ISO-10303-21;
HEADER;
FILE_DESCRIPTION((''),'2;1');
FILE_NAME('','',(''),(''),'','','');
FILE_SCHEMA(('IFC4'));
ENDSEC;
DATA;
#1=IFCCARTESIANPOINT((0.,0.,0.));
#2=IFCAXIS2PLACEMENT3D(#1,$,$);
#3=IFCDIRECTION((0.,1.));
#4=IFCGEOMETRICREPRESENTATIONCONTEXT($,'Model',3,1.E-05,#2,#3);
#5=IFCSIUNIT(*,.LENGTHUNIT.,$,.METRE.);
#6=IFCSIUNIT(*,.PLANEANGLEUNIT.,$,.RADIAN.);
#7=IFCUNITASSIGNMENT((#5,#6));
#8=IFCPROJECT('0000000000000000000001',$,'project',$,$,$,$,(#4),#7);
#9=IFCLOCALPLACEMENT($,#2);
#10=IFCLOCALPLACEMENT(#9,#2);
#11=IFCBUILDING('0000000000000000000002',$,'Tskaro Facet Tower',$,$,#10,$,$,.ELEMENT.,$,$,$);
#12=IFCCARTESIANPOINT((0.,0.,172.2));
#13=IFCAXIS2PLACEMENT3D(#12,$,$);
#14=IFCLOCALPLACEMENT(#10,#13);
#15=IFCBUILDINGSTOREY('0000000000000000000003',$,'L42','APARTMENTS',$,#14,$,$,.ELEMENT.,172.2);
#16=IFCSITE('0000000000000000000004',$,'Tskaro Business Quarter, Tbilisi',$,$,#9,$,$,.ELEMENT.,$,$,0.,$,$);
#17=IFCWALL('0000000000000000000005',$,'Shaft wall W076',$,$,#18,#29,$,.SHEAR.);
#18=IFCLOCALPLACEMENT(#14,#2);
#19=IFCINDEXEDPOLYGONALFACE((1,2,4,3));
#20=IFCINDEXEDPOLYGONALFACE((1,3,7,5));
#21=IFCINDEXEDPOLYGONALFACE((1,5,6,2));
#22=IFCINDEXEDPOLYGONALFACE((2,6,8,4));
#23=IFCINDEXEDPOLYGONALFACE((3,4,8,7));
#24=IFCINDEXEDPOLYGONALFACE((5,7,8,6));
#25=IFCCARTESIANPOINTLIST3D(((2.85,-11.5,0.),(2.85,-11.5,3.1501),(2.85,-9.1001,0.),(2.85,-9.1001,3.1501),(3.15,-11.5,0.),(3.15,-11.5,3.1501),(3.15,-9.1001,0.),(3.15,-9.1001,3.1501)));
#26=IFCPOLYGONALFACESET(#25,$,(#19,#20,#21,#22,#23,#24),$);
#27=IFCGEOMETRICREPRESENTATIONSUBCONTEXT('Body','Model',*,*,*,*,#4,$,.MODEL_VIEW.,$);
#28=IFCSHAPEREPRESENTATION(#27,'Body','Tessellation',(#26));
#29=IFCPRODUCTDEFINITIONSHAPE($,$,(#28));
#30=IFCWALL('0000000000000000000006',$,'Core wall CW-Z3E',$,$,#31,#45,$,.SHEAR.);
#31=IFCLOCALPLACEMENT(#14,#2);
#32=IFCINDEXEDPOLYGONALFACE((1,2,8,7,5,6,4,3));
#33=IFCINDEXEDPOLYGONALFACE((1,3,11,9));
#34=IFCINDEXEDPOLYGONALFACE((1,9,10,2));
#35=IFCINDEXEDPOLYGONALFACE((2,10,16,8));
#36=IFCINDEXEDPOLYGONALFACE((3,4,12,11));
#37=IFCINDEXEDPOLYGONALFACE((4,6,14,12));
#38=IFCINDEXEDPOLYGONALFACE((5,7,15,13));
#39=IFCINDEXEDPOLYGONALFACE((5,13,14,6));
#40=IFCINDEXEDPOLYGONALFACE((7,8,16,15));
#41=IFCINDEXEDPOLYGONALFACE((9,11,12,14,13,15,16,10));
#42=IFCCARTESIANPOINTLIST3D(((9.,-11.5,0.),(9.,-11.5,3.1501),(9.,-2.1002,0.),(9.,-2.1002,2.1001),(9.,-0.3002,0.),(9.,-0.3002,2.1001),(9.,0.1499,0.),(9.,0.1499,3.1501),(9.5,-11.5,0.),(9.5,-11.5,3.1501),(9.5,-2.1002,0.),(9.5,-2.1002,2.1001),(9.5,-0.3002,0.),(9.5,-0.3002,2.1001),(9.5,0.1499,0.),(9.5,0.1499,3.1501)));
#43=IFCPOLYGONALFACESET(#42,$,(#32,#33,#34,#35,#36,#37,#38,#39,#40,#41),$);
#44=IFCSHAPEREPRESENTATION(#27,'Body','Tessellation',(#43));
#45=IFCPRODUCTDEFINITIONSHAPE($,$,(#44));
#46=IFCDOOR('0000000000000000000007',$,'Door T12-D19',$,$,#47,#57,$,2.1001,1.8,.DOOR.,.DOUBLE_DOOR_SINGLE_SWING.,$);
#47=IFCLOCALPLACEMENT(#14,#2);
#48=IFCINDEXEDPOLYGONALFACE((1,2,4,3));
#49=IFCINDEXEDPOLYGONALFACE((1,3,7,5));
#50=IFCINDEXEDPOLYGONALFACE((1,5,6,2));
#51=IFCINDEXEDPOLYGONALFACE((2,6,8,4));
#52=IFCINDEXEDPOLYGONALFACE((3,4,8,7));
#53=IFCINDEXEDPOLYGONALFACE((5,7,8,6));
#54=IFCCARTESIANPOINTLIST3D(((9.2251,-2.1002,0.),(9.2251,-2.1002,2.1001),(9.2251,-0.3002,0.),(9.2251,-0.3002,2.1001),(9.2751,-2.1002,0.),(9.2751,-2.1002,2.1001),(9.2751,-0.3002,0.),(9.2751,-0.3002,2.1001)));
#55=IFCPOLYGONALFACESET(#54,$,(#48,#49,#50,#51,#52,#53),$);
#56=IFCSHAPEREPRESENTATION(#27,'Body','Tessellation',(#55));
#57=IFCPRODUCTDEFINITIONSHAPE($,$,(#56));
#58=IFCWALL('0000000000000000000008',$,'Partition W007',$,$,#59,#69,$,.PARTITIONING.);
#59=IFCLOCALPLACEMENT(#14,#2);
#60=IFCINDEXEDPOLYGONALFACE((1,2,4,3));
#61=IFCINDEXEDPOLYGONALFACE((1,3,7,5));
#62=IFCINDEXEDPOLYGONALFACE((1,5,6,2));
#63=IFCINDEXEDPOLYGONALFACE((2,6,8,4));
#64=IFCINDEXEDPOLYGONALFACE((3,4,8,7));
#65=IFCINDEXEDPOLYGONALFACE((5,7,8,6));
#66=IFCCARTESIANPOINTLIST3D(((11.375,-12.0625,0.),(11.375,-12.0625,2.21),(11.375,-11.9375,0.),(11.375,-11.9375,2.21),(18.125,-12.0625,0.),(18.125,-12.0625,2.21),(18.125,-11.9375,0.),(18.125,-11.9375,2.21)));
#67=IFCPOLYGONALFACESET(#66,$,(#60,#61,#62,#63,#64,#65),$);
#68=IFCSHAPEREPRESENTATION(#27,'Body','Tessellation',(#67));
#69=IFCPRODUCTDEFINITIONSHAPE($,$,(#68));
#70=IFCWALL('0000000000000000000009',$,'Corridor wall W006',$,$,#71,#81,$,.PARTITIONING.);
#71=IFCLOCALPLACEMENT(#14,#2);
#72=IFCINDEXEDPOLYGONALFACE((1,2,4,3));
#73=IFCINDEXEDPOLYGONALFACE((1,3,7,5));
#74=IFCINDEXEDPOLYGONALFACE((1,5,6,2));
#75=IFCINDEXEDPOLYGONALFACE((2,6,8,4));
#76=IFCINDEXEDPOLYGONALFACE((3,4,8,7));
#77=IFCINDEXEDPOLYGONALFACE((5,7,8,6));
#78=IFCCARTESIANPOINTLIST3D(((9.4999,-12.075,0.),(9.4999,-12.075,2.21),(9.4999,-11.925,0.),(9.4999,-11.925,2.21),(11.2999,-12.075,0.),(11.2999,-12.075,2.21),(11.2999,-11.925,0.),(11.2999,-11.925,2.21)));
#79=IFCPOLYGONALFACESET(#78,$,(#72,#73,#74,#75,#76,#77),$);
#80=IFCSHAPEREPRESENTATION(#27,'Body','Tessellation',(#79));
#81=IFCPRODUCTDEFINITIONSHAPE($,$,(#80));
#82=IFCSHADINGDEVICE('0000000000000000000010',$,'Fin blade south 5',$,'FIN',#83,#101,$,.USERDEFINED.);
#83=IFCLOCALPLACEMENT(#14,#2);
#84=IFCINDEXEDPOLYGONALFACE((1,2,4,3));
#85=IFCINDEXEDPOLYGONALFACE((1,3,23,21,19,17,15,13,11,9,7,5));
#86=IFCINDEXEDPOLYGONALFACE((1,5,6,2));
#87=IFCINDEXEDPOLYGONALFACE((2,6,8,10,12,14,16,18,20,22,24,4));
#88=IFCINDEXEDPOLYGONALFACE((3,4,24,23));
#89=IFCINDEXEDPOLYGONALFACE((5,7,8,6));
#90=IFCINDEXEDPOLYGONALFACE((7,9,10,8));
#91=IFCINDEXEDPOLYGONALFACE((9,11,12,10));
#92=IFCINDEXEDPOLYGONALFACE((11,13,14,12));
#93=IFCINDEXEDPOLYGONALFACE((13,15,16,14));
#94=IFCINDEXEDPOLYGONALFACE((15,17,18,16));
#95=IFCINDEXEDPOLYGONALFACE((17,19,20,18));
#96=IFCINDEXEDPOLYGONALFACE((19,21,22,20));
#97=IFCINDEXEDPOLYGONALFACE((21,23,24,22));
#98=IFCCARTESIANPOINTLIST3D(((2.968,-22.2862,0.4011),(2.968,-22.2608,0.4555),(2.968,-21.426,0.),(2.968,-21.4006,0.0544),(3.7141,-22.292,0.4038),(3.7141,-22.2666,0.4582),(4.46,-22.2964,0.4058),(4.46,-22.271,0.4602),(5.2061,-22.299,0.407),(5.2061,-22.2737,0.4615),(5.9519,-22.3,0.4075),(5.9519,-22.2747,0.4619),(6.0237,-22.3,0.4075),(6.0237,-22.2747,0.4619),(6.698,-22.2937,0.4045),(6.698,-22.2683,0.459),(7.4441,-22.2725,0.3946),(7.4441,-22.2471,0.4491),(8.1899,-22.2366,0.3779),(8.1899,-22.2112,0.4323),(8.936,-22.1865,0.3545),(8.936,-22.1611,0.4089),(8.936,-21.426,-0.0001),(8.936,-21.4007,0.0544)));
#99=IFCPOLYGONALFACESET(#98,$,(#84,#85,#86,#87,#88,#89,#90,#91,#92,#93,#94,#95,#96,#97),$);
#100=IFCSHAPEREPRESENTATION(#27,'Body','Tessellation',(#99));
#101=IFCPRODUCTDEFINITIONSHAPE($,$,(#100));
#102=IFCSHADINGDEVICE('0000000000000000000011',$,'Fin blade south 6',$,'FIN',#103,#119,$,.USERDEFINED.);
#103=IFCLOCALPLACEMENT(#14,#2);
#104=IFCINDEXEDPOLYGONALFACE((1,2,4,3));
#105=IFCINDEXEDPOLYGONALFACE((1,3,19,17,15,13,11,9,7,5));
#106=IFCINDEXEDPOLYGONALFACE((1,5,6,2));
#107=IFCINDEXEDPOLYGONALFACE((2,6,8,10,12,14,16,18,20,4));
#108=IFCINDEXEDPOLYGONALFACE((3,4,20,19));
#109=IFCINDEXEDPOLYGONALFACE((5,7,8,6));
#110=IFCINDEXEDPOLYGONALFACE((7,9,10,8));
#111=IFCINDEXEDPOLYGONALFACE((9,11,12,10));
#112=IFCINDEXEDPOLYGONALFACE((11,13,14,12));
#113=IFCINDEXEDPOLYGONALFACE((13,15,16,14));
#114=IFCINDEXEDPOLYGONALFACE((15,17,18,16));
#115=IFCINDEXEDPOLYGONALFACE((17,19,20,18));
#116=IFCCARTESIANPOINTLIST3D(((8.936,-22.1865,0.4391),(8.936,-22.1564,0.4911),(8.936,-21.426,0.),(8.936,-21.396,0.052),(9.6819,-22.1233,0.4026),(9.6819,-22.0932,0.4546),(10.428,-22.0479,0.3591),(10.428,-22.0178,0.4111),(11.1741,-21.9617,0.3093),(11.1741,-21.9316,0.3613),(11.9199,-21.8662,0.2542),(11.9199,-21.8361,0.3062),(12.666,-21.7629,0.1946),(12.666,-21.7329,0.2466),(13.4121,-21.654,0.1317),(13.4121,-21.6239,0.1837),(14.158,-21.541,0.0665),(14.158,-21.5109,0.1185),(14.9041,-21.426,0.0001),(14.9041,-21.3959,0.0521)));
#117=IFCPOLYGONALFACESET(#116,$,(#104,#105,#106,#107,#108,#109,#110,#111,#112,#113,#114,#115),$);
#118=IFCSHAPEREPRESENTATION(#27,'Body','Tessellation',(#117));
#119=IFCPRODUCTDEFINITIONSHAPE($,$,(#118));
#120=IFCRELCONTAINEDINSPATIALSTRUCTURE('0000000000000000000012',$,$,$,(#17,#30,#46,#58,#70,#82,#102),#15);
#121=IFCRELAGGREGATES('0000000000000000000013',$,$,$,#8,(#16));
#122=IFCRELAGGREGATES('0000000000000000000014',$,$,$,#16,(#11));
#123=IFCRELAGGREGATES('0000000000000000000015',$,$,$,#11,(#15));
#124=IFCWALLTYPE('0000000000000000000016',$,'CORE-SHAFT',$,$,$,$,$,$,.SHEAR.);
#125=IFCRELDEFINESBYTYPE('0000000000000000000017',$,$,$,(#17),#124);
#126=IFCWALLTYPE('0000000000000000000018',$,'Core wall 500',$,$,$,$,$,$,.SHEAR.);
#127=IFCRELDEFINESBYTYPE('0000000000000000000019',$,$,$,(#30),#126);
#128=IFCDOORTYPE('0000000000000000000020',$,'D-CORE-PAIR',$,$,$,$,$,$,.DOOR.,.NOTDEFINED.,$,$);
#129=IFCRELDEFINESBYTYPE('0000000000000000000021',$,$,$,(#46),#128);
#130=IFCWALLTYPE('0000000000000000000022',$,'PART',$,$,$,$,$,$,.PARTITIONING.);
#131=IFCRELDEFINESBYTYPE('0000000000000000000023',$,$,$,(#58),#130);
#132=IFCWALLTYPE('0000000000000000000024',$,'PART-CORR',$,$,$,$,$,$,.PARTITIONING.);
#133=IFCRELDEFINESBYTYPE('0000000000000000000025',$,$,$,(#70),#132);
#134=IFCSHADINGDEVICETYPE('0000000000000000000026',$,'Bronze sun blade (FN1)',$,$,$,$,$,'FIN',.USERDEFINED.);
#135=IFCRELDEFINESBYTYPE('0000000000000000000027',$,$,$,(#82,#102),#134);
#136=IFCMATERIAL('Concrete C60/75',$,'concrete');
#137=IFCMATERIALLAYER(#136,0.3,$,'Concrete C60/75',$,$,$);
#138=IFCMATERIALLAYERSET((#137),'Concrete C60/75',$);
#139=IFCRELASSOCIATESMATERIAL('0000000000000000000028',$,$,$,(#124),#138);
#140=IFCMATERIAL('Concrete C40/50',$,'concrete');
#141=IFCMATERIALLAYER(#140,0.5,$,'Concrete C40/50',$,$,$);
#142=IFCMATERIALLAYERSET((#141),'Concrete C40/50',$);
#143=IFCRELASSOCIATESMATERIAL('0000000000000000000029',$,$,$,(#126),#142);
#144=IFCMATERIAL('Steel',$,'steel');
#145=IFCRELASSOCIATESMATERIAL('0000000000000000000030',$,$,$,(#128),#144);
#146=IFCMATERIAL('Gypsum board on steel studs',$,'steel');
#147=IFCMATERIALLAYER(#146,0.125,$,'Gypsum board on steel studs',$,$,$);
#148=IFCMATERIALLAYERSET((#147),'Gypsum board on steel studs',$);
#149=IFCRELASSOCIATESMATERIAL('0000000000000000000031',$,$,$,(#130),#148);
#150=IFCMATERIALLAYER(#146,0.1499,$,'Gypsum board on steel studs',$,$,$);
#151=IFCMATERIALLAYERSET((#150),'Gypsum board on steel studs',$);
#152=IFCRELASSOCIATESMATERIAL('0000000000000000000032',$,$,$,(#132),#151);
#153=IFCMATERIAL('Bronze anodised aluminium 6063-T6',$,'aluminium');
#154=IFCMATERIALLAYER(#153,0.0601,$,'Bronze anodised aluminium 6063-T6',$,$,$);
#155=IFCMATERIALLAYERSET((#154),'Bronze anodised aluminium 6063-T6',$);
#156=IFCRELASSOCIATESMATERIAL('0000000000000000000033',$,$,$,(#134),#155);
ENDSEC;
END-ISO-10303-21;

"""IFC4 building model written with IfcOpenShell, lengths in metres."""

from ifc_helpers import new_model, si_unit, direction, frame, frame_2d, origin, place, context, subcontext, project, spatial, polyline, rectangle, outline, extrude, material, layer, layer_set, type_object, element, fill, save


model = new_model("IFC4")

# Units and contexts
model_context = context("Model", 3, precision=1e-05, world=origin(), true_north=direction((0.0, 1.0)))
body_context = subcontext(model_context, "Body", "Model", "MODEL_VIEW")
ifc_project = project(units=[si_unit("LENGTHUNIT", "METRE"), si_unit("PLANEANGLEUNIT", "RADIAN")], contexts=[model_context])

# Site, building, storey
site_placement = place(None, origin())
site = spatial("IfcSite", under=ifc_project, at=site_placement, Name="Tskaro Business Quarter, Tbilisi", CompositionType="ELEMENT", RefElevation=0.0)
building_placement = place(site_placement, origin())
building = spatial("IfcBuilding", under=site, at=building_placement, Name="Tskaro Facet Tower", CompositionType="ELEMENT")
storey_placement = place(building_placement, frame((0.0, 0.0, 172.2)))
storey = spatial("IfcBuildingStorey", under=building, at=storey_placement, Name="L42", Description="APARTMENTS", CompositionType="ELEMENT", Elevation=172.2)

# Shared definitions
ifc_material_1 = material(Name="Bronze anodised aluminium 6063-T6", Category="aluminium")

# Wall
ifc_material_2 = material(Name="Concrete C60/75", Category="concrete")
ifc_layer_1 = layer(ifc_material_2, 0.3, Name="Concrete C60/75")
ifc_layer_set_1 = layer_set([ifc_layer_1], Name="Concrete C60/75")
wall_type_1 = type_object("IfcWallType", Name="CORE-SHAFT", PredefinedType="SHEAR", material=ifc_layer_set_1)
for number, where, z_axis, x_axis, name in (
    (1, (3.0, -11.5, 0.0), (0.0, 0.0, 1.0), (0.0, 1.0, 0.0), "Shaft wall W076"),
):
    element("IfcWall", number, at=place(storey_placement, frame(where, z_axis=z_axis, x_axis=x_axis)), inside=storey, type_object=wall_type_1, Name=name, PredefinedType="SHEAR", context=body_context, shape_type="SweptSolid", body=[
        extrude(rectangle(XDim=2.3999, YDim=0.3, at=frame_2d((1.2, 0.0))), origin(), (0.0, 0.0, 1.0), 3.1501),
    ])

# Wall, opening, door
ifc_material_3 = material(Name="Concrete C40/50", Category="concrete")
ifc_layer_2 = layer(ifc_material_3, 0.5, Name="Concrete C40/50")
ifc_layer_set_2 = layer_set([ifc_layer_2], Name="Concrete C40/50")
wall_type_2 = type_object("IfcWallType", Name="Core wall 500", PredefinedType="SHEAR", material=ifc_layer_set_2)
wall_1_placement = place(storey_placement, frame((9.25, -11.5, 0.0), z_axis=(0.0, 0.0, 1.0), x_axis=(0.0, 1.0, 0.0)))
wall_1 = element("IfcWall", 2, at=wall_1_placement, inside=storey, type_object=wall_type_2, Name="Core wall CW-Z3E", PredefinedType="SHEAR", context=body_context, shape_type="SweptSolid", body=[
    extrude(rectangle(XDim=11.6499, YDim=0.5, at=frame_2d((5.825, 0.0))), origin(), (0.0, 0.0, 1.0), 3.1501),
])
opening_placement = place(wall_1_placement, frame((9.3999, 0.0, 0.0)))
opening = element("IfcOpeningElement", 3, at=opening_placement, cuts=wall_1, PredefinedType="OPENING", context=body_context, shape_type="SweptSolid", body=[
    extrude(rectangle(XDim=1.8, YDim=2.1001, at=frame_2d((0.8999, 1.05))), frame((0.0, 0.26, 0.0), z_axis=(0.0, -1.0, 0.0), x_axis=(1.0, 0.0, 0.0)), (0.0, 0.0, 1.0), 0.52),
])
ifc_material_4 = material(Name="Steel", Category="steel")
door_type = type_object("IfcDoorType", Name="D-CORE-PAIR", OperationType="NOTDEFINED", PredefinedType="DOOR", material=ifc_material_4)
door_placement = place(opening_placement, origin())
door = element("IfcDoor", 4, at=door_placement, inside=storey, type_object=door_type, Name="Door T12-D19", OperationType="DOUBLE_DOOR_SINGLE_SWING", OverallHeight=2.1001, OverallWidth=1.8, PredefinedType="DOOR", context=body_context, shape_type="SweptSolid", body=[
    extrude(rectangle(XDim=1.8, YDim=2.1001, at=frame_2d((0.8999, 1.05))), frame((0.0, 0.0249, 0.0), z_axis=(0.0, -1.0, 0.0), x_axis=(1.0, 0.0, 0.0)), (0.0, 0.0, 1.0), 0.05),
])
fill(opening, door)

# Walls
ifc_material_5 = material(Name="Gypsum board on steel studs", Category="steel")
ifc_layer_3 = layer(ifc_material_5, 0.125, Name="Gypsum board on steel studs")
ifc_layer_set_3 = layer_set([ifc_layer_3], Name="Gypsum board on steel studs")
wall_type_3 = type_object("IfcWallType", Name="PART", PredefinedType="PARTITIONING", material=ifc_layer_set_3)
wall_2_placement = place(storey_placement, frame((11.375, -12.0, 0.0), z_axis=(0.0, 0.0, 1.0), x_axis=(1.0, 0.0, 0.0)))
element("IfcWall", 5, at=wall_2_placement, inside=storey, type_object=wall_type_3, Name="Partition W007", PredefinedType="PARTITIONING", context=body_context, shape_type="SweptSolid", body=[
    extrude(rectangle(XDim=6.75, YDim=0.125, at=frame_2d((3.375, 0.0))), origin(), (0.0, 0.0, 1.0), 2.21),
])
ifc_layer_4 = layer(ifc_material_5, 0.1499, Name="Gypsum board on steel studs")
ifc_layer_set_4 = layer_set([ifc_layer_4], Name="Gypsum board on steel studs")
wall_type_4 = type_object("IfcWallType", Name="PART-CORR", PredefinedType="PARTITIONING", material=ifc_layer_set_4)
wall_3_placement = place(storey_placement, frame((9.5, -12.0, 0.0), z_axis=(0.0, 0.0, 1.0), x_axis=(1.0, 0.0, 0.0)))
element("IfcWall", 6, at=wall_3_placement, inside=storey, type_object=wall_type_4, Name="Corridor wall W006", PredefinedType="PARTITIONING", context=body_context, shape_type="SweptSolid", body=[
    extrude(rectangle(XDim=1.8, YDim=0.1499, at=frame_2d((0.8999, 0.0))), origin(), (0.0, 0.0, 1.0), 2.21),
])

# Shading devices
ifc_layer_5 = layer(ifc_material_1, 0.0601, Name="Bronze anodised aluminium 6063-T6")
ifc_layer_set_5 = layer_set([ifc_layer_5], Name="Bronze anodised aluminium 6063-T6")
shading_device_type = type_object("IfcShadingDeviceType", Name="Bronze sun blade (FN1)", ElementType="FIN", PredefinedType="USERDEFINED", material=ifc_layer_set_5)
shading_device_1_placement = place(storey_placement, frame((2.968, -21.4006, 0.0544), z_axis=(0.000013, 0.422577, 0.906327), x_axis=(1.0, -0.000006, -0.000012)))
element("IfcShadingDevice", 7, at=shading_device_1_placement, inside=storey, type_object=shading_device_type, Name="Fin blade south 5", ObjectType="FIN", PredefinedType="USERDEFINED", context=body_context, shape_type="SweptSolid", body=[
    extrude(outline(polyline([(0.0, 0.0), (5.968, 0.0), (5.968, -0.8391), (5.2219, -0.8943), (4.4761, -0.934), (3.73, -0.9573), (3.0557, -0.9643), (2.9839, -0.9643), (2.238, -0.9632), (1.4919, -0.9603), (0.7461, -0.9555), (0.0, -0.949), (0.0, 0.0)])), origin(), (0.0, 0.0, -1.0), 0.0601),
])
shading_device_2_placement = place(storey_placement, frame((8.936, -21.396, 0.052), z_axis=(-0.00002, 0.500036, 0.866005), x_axis=(1.0, 0.00001, 0.000018)))
element("IfcShadingDevice", 8, at=shading_device_2_placement, inside=storey, type_object=shading_device_type, Name="Fin blade south 6", ObjectType="FIN", PredefinedType="USERDEFINED", context=body_context, shape_type="SweptSolid", body=[
    extrude(outline(polyline([(0.0, 0.0), (5.968, 0.0), (5.2219, -0.1328), (4.4761, -0.2633), (3.73, -0.3891), (2.9839, -0.5083), (2.238, -0.6185), (1.4919, -0.7181), (0.7458, -0.8051), (0.0, -0.8781), (0.0, 0.0)])), origin(), (0.0, 0.0, -1.0), 0.0601),
])

save(model, "model.ifc")
